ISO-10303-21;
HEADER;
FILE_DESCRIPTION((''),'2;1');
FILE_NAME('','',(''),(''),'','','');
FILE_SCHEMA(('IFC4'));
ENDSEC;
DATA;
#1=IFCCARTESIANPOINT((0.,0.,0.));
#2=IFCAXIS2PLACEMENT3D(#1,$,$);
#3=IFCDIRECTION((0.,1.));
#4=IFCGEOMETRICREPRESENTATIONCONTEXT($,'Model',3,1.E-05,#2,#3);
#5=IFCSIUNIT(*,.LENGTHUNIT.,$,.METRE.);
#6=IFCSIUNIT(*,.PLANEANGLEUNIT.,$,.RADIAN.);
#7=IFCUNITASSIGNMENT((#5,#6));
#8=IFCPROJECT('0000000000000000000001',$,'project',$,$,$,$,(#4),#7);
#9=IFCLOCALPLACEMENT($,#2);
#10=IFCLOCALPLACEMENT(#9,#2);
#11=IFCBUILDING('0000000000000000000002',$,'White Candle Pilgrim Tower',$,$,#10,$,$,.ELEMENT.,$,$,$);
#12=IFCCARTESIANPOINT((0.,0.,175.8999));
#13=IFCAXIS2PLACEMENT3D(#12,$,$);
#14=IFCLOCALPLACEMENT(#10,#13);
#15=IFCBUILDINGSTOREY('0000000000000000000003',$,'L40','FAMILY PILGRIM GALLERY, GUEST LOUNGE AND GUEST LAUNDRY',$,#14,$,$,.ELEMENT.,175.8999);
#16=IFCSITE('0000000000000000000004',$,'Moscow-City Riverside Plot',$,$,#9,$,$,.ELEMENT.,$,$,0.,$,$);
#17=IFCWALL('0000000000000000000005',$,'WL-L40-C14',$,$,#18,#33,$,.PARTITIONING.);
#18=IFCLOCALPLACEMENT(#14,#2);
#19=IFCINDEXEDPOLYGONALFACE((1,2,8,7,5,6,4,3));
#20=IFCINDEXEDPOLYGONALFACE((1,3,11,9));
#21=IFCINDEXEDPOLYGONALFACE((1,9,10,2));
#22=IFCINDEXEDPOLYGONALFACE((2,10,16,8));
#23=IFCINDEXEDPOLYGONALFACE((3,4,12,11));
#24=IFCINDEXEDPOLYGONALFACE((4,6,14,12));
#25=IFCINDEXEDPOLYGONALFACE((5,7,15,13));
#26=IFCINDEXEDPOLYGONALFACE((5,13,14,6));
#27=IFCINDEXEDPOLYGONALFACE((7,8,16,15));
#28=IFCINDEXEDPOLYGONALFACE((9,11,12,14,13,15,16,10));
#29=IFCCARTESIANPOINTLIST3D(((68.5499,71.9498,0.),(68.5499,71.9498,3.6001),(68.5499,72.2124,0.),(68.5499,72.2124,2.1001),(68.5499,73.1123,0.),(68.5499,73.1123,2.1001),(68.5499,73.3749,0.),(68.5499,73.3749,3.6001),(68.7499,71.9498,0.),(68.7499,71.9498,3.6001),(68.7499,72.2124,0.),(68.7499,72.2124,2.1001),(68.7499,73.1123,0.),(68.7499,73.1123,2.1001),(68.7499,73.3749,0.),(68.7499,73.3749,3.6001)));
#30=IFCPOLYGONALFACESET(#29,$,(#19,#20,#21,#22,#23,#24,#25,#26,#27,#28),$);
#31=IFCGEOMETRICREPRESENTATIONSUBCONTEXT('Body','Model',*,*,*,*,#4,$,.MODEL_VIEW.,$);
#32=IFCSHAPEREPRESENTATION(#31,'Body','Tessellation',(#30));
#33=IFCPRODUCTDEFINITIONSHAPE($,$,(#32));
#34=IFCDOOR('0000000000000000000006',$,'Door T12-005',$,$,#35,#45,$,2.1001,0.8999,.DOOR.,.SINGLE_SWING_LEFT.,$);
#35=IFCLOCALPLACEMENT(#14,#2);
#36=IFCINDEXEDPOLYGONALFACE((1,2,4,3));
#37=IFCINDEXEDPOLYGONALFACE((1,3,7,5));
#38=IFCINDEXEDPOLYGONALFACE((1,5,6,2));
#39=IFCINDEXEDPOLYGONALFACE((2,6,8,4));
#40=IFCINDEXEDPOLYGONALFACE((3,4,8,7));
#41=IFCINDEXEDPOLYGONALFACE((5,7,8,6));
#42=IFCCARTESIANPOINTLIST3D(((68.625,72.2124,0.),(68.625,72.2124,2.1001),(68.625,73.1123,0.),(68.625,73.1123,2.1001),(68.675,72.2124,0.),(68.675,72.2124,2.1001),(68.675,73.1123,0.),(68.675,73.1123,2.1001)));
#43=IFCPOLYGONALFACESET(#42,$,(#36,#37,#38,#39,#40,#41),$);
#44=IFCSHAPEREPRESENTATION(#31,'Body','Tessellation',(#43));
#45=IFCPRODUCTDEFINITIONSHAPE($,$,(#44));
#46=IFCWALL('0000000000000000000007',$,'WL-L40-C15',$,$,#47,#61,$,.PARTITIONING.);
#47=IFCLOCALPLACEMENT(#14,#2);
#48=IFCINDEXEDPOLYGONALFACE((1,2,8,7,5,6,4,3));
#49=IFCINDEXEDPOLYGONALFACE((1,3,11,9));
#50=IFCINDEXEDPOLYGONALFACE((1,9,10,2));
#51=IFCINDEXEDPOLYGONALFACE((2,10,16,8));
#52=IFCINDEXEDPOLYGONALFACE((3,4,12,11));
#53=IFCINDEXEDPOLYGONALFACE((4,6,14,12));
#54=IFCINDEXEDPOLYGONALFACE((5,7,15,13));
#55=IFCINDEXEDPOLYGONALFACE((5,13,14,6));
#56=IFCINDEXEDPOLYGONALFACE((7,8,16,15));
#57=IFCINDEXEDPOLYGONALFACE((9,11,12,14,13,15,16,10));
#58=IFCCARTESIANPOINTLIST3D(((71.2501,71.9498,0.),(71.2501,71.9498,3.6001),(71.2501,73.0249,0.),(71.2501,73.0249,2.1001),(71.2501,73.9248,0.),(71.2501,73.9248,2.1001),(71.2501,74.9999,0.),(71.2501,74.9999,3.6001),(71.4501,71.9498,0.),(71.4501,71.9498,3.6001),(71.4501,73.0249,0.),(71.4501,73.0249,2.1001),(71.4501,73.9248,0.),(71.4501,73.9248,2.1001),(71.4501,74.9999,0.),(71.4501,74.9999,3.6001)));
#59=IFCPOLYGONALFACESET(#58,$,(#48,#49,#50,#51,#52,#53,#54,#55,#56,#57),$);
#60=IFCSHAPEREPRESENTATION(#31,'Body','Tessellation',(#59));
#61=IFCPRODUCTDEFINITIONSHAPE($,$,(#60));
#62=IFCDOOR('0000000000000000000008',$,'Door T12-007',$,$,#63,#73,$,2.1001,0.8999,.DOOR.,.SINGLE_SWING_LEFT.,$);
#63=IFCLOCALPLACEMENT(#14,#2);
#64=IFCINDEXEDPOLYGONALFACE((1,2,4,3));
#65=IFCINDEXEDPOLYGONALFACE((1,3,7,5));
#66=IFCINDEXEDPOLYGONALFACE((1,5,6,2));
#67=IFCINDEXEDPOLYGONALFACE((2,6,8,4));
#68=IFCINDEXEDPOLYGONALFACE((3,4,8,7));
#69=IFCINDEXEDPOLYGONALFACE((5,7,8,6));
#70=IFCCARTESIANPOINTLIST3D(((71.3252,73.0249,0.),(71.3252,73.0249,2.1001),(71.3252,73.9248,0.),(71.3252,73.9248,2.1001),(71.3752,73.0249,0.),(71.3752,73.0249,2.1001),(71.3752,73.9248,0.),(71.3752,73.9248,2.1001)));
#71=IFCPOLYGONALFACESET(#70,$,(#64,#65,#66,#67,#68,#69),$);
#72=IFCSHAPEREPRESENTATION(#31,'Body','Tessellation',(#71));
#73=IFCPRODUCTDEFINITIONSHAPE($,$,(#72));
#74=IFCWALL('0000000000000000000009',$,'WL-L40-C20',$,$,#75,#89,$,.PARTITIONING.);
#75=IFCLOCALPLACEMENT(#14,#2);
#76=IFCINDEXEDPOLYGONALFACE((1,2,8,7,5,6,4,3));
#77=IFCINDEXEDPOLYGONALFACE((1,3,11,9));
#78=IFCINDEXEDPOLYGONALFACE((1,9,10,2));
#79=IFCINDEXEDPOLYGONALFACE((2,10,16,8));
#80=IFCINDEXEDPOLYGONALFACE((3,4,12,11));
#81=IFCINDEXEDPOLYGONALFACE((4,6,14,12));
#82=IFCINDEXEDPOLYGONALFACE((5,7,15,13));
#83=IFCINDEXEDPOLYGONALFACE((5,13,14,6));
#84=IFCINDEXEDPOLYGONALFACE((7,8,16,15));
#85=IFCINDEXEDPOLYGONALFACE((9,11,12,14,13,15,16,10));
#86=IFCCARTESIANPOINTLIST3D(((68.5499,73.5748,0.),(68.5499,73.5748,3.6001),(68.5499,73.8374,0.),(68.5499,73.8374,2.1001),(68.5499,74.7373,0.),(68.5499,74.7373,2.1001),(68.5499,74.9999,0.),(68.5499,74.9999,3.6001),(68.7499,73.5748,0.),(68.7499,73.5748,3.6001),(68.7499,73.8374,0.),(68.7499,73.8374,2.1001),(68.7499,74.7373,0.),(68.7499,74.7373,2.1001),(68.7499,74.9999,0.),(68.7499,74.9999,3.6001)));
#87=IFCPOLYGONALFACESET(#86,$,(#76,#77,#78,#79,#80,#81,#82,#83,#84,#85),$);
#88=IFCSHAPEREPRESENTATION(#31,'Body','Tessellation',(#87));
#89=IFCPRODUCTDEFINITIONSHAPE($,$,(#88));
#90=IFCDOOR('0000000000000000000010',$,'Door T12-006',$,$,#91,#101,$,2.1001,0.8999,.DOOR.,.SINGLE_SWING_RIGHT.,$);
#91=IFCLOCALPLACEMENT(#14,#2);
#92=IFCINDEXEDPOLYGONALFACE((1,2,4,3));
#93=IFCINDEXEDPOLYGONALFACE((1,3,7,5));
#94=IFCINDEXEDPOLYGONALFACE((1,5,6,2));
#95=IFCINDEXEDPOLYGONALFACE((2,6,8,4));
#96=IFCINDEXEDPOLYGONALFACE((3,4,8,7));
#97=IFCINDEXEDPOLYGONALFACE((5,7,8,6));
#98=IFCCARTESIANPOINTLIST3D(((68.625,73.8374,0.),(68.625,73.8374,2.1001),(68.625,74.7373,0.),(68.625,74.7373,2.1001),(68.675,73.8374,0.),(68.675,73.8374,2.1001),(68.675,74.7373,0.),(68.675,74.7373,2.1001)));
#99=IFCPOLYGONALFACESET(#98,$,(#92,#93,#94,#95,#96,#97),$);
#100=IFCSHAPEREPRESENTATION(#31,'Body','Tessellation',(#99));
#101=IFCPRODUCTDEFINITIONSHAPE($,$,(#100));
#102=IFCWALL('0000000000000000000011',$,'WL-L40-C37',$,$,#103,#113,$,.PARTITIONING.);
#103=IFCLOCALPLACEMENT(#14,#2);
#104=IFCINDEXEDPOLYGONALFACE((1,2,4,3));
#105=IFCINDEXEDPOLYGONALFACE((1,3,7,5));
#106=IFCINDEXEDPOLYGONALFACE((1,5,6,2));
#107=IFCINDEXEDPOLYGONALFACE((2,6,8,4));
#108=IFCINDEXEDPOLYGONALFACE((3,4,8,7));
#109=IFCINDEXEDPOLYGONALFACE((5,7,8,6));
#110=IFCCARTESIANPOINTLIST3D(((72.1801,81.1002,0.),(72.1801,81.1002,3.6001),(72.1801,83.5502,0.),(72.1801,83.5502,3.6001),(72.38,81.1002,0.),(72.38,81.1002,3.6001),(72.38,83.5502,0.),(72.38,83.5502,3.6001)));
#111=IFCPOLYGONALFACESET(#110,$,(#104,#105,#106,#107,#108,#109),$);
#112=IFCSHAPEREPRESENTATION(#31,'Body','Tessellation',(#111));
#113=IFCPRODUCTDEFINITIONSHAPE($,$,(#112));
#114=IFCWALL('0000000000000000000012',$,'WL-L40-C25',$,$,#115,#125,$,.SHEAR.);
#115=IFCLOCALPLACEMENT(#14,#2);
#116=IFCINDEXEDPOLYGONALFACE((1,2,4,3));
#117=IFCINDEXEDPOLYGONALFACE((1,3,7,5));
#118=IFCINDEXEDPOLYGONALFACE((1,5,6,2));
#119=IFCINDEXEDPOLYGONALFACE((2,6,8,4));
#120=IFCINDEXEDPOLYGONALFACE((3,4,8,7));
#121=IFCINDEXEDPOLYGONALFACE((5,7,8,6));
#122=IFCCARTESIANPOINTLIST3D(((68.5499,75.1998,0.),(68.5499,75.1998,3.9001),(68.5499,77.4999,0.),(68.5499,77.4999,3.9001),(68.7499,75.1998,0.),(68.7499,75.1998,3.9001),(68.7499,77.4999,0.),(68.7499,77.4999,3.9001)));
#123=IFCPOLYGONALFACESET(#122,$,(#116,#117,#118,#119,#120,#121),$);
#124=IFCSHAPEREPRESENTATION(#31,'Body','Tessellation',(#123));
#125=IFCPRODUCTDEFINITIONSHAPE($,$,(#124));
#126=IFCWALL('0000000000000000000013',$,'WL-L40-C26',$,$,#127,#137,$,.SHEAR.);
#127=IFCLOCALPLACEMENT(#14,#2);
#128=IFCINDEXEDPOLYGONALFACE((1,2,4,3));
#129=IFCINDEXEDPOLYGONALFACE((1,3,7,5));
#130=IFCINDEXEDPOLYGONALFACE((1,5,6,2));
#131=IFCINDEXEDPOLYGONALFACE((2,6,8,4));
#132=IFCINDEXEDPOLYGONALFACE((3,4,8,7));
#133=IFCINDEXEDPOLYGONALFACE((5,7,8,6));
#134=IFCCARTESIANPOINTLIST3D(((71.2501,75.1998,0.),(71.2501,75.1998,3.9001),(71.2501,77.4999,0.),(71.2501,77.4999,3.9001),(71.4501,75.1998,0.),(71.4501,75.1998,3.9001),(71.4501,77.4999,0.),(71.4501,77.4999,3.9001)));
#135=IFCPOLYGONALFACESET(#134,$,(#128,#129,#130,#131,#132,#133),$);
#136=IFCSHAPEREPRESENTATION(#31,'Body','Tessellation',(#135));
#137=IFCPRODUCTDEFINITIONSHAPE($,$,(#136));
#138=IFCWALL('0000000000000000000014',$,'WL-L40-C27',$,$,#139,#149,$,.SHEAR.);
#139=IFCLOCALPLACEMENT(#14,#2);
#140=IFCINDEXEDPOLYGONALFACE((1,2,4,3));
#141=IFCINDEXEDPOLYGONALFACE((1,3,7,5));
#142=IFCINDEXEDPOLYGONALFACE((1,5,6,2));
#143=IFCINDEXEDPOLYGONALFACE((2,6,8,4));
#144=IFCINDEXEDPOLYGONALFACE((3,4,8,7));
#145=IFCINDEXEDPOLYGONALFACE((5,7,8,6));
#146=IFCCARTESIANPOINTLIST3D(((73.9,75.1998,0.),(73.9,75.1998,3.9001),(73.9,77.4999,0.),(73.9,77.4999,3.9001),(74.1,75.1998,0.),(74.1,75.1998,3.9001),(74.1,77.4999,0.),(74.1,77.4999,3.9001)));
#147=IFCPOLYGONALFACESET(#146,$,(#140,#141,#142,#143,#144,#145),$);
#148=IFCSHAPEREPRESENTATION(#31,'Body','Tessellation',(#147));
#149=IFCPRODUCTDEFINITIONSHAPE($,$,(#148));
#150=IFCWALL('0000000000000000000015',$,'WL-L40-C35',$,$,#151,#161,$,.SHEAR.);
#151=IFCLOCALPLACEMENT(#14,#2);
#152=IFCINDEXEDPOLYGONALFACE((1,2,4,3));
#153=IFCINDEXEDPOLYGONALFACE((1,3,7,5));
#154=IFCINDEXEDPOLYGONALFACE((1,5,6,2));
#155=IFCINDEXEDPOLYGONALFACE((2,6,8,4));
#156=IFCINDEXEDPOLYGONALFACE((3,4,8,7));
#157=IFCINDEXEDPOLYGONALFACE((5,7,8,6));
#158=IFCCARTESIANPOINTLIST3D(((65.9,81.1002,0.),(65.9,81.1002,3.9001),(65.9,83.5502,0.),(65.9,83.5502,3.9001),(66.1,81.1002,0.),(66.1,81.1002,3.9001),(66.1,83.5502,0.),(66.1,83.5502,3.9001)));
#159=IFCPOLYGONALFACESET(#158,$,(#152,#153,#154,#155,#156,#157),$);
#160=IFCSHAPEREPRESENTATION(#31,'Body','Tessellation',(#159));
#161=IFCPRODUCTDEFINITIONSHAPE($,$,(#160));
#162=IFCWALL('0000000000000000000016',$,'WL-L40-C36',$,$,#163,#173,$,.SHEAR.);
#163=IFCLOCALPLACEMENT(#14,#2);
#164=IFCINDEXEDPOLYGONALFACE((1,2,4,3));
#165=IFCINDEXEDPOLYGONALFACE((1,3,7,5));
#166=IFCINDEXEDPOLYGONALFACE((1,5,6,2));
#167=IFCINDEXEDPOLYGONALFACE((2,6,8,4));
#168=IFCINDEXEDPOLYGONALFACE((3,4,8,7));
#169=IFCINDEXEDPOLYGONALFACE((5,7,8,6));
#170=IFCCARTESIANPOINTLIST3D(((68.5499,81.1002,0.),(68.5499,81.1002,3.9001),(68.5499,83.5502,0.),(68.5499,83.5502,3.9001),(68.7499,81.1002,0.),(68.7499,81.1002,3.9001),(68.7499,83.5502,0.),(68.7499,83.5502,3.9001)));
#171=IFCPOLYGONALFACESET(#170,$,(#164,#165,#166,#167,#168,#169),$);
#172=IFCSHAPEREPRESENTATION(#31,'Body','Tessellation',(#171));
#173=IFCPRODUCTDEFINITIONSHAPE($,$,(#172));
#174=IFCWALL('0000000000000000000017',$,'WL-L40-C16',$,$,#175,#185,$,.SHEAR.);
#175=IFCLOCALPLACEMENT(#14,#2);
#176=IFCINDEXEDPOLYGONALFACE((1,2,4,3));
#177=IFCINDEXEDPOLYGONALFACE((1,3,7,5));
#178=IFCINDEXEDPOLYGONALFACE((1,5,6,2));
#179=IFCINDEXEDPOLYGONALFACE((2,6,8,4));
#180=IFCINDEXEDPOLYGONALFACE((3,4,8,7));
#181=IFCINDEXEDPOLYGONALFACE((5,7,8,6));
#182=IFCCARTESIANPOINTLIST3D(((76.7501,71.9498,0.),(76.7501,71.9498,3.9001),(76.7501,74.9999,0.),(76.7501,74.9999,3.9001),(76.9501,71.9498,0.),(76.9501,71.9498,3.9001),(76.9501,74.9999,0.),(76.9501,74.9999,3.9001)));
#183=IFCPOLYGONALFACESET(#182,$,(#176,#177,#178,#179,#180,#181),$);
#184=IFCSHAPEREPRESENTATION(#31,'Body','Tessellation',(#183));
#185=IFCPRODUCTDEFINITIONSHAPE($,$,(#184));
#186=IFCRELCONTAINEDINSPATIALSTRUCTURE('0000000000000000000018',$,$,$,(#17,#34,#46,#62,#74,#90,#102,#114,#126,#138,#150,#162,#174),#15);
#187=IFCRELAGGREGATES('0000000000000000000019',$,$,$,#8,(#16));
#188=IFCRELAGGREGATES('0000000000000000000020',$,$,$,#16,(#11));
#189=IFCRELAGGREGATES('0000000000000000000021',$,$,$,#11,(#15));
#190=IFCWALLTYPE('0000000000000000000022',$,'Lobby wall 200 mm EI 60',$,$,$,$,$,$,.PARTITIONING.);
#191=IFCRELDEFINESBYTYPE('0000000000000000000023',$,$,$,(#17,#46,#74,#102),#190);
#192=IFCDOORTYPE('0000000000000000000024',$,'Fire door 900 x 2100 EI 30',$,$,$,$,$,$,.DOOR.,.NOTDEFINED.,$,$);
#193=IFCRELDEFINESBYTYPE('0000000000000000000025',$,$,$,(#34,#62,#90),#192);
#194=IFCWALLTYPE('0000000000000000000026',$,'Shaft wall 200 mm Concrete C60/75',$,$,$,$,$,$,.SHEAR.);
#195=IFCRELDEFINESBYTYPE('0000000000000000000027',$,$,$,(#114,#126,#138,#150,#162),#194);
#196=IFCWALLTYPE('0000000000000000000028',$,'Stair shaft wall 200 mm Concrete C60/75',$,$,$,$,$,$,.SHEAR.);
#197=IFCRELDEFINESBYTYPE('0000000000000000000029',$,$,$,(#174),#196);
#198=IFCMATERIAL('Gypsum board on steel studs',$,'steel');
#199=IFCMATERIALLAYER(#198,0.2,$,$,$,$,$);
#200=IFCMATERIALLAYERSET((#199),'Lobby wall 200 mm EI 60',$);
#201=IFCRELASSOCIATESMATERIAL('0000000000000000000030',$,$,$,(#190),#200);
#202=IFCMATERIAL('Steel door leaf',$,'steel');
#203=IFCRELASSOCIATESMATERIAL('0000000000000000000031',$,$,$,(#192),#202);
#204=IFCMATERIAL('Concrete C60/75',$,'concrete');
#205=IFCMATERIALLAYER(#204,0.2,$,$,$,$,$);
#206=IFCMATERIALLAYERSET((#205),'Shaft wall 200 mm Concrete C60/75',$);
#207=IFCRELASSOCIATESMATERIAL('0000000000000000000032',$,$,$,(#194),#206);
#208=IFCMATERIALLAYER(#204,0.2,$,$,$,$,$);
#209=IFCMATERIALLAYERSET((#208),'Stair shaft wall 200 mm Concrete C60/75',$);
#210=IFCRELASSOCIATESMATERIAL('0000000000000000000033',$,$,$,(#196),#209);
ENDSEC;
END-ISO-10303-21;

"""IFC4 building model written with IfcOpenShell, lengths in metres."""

from ifc_helpers import new_model, si_unit, direction, frame, frame_2d, origin, place, context, subcontext, project, spatial, rectangle, extrude, material, layer, layer_set, type_object, element, fill, save


model = new_model("IFC4")

# Units and contexts
model_context = context("Model", 3, precision=1e-05, world=origin(), true_north=direction((0.0, 1.0)))
body_context = subcontext(model_context, "Body", "Model", "MODEL_VIEW")
ifc_project = project(units=[si_unit("LENGTHUNIT", "METRE"), si_unit("PLANEANGLEUNIT", "RADIAN")], contexts=[model_context])

# Site, building, storey
site_placement = place(None, origin())
site = spatial("IfcSite", under=ifc_project, at=site_placement, Name="Moscow-City Riverside Plot", CompositionType="ELEMENT", RefElevation=0.0)
building_placement = place(site_placement, origin())
building = spatial("IfcBuilding", under=site, at=building_placement, Name="White Candle Pilgrim Tower", CompositionType="ELEMENT")
storey_placement = place(building_placement, frame((0.0, 0.0, 175.8999)))
storey = spatial("IfcBuildingStorey", under=building, at=storey_placement, Name="L40", Description="FAMILY PILGRIM GALLERY, GUEST LOUNGE AND GUEST LAUNDRY", CompositionType="ELEMENT", Elevation=175.8999)

# Walls, openings, doors
ifc_material_1 = material(Name="Gypsum board on steel studs", Category="steel")
ifc_layer_1 = layer(ifc_material_1, 0.2)
ifc_layer_set_1 = layer_set([ifc_layer_1], Name="Lobby wall 200 mm EI 60")
wall_type_1 = type_object("IfcWallType", Name="Lobby wall 200 mm EI 60", PredefinedType="PARTITIONING", material=ifc_layer_set_1)
wall_1_placement = place(storey_placement, frame((68.6499, 71.95, 0.0), z_axis=(0.0, 0.0, 1.0), x_axis=(0.0, 1.0, 0.0)))
wall_1 = element("IfcWall", 1, at=wall_1_placement, inside=storey, type_object=wall_type_1, Name="WL-L40-C14", PredefinedType="PARTITIONING", context=body_context, shape_type="SweptSolid", body=[
    extrude(rectangle(XDim=1.425, YDim=0.2, at=frame_2d((0.7124, 0.0))), origin(), (0.0, 0.0, 1.0), 3.6001),
])
opening_1_placement = place(wall_1_placement, frame((0.2625, 0.0, 0.0)))
opening_1 = element("IfcOpeningElement", 2, at=opening_1_placement, cuts=wall_1, PredefinedType="OPENING", context=body_context, shape_type="SweptSolid", body=[
    extrude(rectangle(XDim=0.8999, YDim=2.1001, at=frame_2d((0.45, 1.05))), frame((0.0, 0.1099, 0.0), z_axis=(0.0, -1.0, 0.0), x_axis=(1.0, 0.0, 0.0)), (0.0, 0.0, 1.0), 0.22),
])
ifc_material_2 = material(Name="Steel door leaf", Category="steel")
door_type_1 = type_object("IfcDoorType", Name="Fire door 900 x 2100 EI 30", OperationType="NOTDEFINED", PredefinedType="DOOR", material=ifc_material_2)
door_1_placement = place(opening_1_placement, origin())
door_1 = element("IfcDoor", 3, at=door_1_placement, inside=storey, type_object=door_type_1, Name="Door T12-005", OperationType="SINGLE_SWING_LEFT", OverallHeight=2.1001, OverallWidth=0.8999, PredefinedType="DOOR", context=body_context, shape_type="SweptSolid", body=[
    extrude(rectangle(XDim=0.8999, YDim=2.1001, at=frame_2d((0.45, 1.05))), frame((0.0, 0.0249, 0.0), z_axis=(0.0, -1.0, 0.0), x_axis=(1.0, 0.0, 0.0)), (0.0, 0.0, 1.0), 0.05),
])
fill(opening_1, door_1)
wall_2_placement = place(storey_placement, frame((71.3501, 71.95, 0.0), z_axis=(0.0, 0.0, 1.0), x_axis=(0.0, 1.0, 0.0)))
wall_2 = element("IfcWall", 4, at=wall_2_placement, inside=storey, type_object=wall_type_1, Name="WL-L40-C15", PredefinedType="PARTITIONING", context=body_context, shape_type="SweptSolid", body=[
    extrude(rectangle(XDim=3.05, YDim=0.2, at=frame_2d((1.5249, 0.0))), origin(), (0.0, 0.0, 1.0), 3.6001),
])
opening_2_placement = place(wall_2_placement, frame((1.075, 0.0, 0.0)))
opening_2 = element("IfcOpeningElement", 5, at=opening_2_placement, cuts=wall_2, PredefinedType="OPENING", context=body_context, shape_type="SweptSolid", body=[
    extrude(rectangle(XDim=0.8999, YDim=2.1001, at=frame_2d((0.45, 1.05))), frame((0.0, 0.1099, 0.0), z_axis=(0.0, -1.0, 0.0), x_axis=(1.0, 0.0, 0.0)), (0.0, 0.0, 1.0), 0.22),
])
door_2_placement = place(opening_2_placement, origin())
door_2 = element("IfcDoor", 6, at=door_2_placement, inside=storey, type_object=door_type_1, Name="Door T12-007", OperationType="SINGLE_SWING_LEFT", OverallHeight=2.1001, OverallWidth=0.8999, PredefinedType="DOOR", context=body_context, shape_type="SweptSolid", body=[
    extrude(rectangle(XDim=0.8999, YDim=2.1001, at=frame_2d((0.45, 1.05))), frame((0.0, 0.0249, 0.0), z_axis=(0.0, -1.0, 0.0), x_axis=(1.0, 0.0, 0.0)), (0.0, 0.0, 1.0), 0.05),
])
fill(opening_2, door_2)
wall_3_placement = place(storey_placement, frame((68.6499, 73.575, 0.0), z_axis=(0.0, 0.0, 1.0), x_axis=(0.0, 1.0, 0.0)))
wall_3 = element("IfcWall", 7, at=wall_3_placement, inside=storey, type_object=wall_type_1, Name="WL-L40-C20", PredefinedType="PARTITIONING", context=body_context, shape_type="SweptSolid", body=[
    extrude(rectangle(XDim=1.425, YDim=0.2, at=frame_2d((0.7124, 0.0))), origin(), (0.0, 0.0, 1.0), 3.6001),
])
opening_3_placement = place(wall_3_placement, frame((0.2625, 0.0, 0.0)))
opening_3 = element("IfcOpeningElement", 8, at=opening_3_placement, cuts=wall_3, PredefinedType="OPENING", context=body_context, shape_type="SweptSolid", body=[
    extrude(rectangle(XDim=0.8999, YDim=2.1001, at=frame_2d((0.45, 1.05))), frame((0.0, 0.1099, 0.0), z_axis=(0.0, -1.0, 0.0), x_axis=(1.0, 0.0, 0.0)), (0.0, 0.0, 1.0), 0.22),
])
door_3_placement = place(opening_3_placement, origin())
door_3 = element("IfcDoor", 9, at=door_3_placement, inside=storey, type_object=door_type_1, Name="Door T12-006", OperationType="SINGLE_SWING_RIGHT", OverallHeight=2.1001, OverallWidth=0.8999, PredefinedType="DOOR", context=body_context, shape_type="SweptSolid", body=[
    extrude(rectangle(XDim=0.8999, YDim=2.1001, at=frame_2d((0.45, 1.05))), frame((0.0, 0.0249, 0.0), z_axis=(0.0, -1.0, 0.0), x_axis=(1.0, 0.0, 0.0)), (0.0, 0.0, 1.0), 0.05),
])
fill(opening_3, door_3)

# Walls
wall_4_placement = place(storey_placement, frame((72.28, 81.1001, 0.0), z_axis=(0.0, 0.0, 1.0), x_axis=(0.0, 1.0, 0.0)))
element("IfcWall", 10, at=wall_4_placement, inside=storey, type_object=wall_type_1, Name="WL-L40-C37", PredefinedType="PARTITIONING", context=body_context, shape_type="SweptSolid", body=[
    extrude(rectangle(XDim=2.45, YDim=0.2, at=frame_2d((1.2251, 0.0))), origin(), (0.0, 0.0, 1.0), 3.6001),
])
ifc_material_3 = material(Name="Concrete C60/75", Category="concrete")
ifc_layer_2 = layer(ifc_material_3, 0.2)
ifc_layer_set_2 = layer_set([ifc_layer_2], Name="Shaft wall 200 mm Concrete C60/75")
wall_type_2 = type_object("IfcWallType", Name="Shaft wall 200 mm Concrete C60/75", PredefinedType="SHEAR", material=ifc_layer_set_2)
for number, where, z_axis, x_axis, name in (
    (11, (68.6499, 75.2, 0.0), (0.0, 0.0, 1.0), (0.0, 1.0, 0.0), "WL-L40-C25"),
    (12, (71.3501, 75.2, 0.0), (0.0, 0.0, 1.0), (0.0, 1.0, 0.0), "WL-L40-C26"),
    (13, (74.0, 75.2, 0.0), (0.0, 0.0, 1.0), (0.0, 1.0, 0.0), "WL-L40-C27"),
):
    element("IfcWall", number, at=place(storey_placement, frame(where, z_axis=z_axis, x_axis=x_axis)), inside=storey, type_object=wall_type_2, Name=name, PredefinedType="SHEAR", context=body_context, shape_type="SweptSolid", body=[
        extrude(rectangle(XDim=2.3, YDim=0.2, at=frame_2d((1.1499, 0.0))), origin(), (0.0, 0.0, 1.0), 3.9001),
    ])
for number, where, z_axis, x_axis, name in (
    (14, (66.0, 81.1001, 0.0), (0.0, 0.0, 1.0), (0.0, 1.0, 0.0), "WL-L40-C35"),
    (15, (68.6499, 81.1001, 0.0), (0.0, 0.0, 1.0), (0.0, 1.0, 0.0), "WL-L40-C36"),
):
    element("IfcWall", number, at=place(storey_placement, frame(where, z_axis=z_axis, x_axis=x_axis)), inside=storey, type_object=wall_type_2, Name=name, PredefinedType="SHEAR", context=body_context, shape_type="SweptSolid", body=[
        extrude(rectangle(XDim=2.45, YDim=0.2, at=frame_2d((1.2251, 0.0))), origin(), (0.0, 0.0, 1.0), 3.9001),
    ])
ifc_layer_3 = layer(ifc_material_3, 0.2)
ifc_layer_set_3 = layer_set([ifc_layer_3], Name="Stair shaft wall 200 mm Concrete C60/75")
wall_type_3 = type_object("IfcWallType", Name="Stair shaft wall 200 mm Concrete C60/75", PredefinedType="SHEAR", material=ifc_layer_set_3)
wall_5_placement = place(storey_placement, frame((76.8501, 71.95, 0.0), z_axis=(0.0, 0.0, 1.0), x_axis=(0.0, 1.0, 0.0)))
element("IfcWall", 16, at=wall_5_placement, inside=storey, type_object=wall_type_3, Name="WL-L40-C16", PredefinedType="SHEAR", context=body_context, shape_type="SweptSolid", body=[
    extrude(rectangle(XDim=3.05, YDim=0.2, at=frame_2d((1.5249, 0.0))), origin(), (0.0, 0.0, 1.0), 3.9001),
])

save(model, "model.ifc")
